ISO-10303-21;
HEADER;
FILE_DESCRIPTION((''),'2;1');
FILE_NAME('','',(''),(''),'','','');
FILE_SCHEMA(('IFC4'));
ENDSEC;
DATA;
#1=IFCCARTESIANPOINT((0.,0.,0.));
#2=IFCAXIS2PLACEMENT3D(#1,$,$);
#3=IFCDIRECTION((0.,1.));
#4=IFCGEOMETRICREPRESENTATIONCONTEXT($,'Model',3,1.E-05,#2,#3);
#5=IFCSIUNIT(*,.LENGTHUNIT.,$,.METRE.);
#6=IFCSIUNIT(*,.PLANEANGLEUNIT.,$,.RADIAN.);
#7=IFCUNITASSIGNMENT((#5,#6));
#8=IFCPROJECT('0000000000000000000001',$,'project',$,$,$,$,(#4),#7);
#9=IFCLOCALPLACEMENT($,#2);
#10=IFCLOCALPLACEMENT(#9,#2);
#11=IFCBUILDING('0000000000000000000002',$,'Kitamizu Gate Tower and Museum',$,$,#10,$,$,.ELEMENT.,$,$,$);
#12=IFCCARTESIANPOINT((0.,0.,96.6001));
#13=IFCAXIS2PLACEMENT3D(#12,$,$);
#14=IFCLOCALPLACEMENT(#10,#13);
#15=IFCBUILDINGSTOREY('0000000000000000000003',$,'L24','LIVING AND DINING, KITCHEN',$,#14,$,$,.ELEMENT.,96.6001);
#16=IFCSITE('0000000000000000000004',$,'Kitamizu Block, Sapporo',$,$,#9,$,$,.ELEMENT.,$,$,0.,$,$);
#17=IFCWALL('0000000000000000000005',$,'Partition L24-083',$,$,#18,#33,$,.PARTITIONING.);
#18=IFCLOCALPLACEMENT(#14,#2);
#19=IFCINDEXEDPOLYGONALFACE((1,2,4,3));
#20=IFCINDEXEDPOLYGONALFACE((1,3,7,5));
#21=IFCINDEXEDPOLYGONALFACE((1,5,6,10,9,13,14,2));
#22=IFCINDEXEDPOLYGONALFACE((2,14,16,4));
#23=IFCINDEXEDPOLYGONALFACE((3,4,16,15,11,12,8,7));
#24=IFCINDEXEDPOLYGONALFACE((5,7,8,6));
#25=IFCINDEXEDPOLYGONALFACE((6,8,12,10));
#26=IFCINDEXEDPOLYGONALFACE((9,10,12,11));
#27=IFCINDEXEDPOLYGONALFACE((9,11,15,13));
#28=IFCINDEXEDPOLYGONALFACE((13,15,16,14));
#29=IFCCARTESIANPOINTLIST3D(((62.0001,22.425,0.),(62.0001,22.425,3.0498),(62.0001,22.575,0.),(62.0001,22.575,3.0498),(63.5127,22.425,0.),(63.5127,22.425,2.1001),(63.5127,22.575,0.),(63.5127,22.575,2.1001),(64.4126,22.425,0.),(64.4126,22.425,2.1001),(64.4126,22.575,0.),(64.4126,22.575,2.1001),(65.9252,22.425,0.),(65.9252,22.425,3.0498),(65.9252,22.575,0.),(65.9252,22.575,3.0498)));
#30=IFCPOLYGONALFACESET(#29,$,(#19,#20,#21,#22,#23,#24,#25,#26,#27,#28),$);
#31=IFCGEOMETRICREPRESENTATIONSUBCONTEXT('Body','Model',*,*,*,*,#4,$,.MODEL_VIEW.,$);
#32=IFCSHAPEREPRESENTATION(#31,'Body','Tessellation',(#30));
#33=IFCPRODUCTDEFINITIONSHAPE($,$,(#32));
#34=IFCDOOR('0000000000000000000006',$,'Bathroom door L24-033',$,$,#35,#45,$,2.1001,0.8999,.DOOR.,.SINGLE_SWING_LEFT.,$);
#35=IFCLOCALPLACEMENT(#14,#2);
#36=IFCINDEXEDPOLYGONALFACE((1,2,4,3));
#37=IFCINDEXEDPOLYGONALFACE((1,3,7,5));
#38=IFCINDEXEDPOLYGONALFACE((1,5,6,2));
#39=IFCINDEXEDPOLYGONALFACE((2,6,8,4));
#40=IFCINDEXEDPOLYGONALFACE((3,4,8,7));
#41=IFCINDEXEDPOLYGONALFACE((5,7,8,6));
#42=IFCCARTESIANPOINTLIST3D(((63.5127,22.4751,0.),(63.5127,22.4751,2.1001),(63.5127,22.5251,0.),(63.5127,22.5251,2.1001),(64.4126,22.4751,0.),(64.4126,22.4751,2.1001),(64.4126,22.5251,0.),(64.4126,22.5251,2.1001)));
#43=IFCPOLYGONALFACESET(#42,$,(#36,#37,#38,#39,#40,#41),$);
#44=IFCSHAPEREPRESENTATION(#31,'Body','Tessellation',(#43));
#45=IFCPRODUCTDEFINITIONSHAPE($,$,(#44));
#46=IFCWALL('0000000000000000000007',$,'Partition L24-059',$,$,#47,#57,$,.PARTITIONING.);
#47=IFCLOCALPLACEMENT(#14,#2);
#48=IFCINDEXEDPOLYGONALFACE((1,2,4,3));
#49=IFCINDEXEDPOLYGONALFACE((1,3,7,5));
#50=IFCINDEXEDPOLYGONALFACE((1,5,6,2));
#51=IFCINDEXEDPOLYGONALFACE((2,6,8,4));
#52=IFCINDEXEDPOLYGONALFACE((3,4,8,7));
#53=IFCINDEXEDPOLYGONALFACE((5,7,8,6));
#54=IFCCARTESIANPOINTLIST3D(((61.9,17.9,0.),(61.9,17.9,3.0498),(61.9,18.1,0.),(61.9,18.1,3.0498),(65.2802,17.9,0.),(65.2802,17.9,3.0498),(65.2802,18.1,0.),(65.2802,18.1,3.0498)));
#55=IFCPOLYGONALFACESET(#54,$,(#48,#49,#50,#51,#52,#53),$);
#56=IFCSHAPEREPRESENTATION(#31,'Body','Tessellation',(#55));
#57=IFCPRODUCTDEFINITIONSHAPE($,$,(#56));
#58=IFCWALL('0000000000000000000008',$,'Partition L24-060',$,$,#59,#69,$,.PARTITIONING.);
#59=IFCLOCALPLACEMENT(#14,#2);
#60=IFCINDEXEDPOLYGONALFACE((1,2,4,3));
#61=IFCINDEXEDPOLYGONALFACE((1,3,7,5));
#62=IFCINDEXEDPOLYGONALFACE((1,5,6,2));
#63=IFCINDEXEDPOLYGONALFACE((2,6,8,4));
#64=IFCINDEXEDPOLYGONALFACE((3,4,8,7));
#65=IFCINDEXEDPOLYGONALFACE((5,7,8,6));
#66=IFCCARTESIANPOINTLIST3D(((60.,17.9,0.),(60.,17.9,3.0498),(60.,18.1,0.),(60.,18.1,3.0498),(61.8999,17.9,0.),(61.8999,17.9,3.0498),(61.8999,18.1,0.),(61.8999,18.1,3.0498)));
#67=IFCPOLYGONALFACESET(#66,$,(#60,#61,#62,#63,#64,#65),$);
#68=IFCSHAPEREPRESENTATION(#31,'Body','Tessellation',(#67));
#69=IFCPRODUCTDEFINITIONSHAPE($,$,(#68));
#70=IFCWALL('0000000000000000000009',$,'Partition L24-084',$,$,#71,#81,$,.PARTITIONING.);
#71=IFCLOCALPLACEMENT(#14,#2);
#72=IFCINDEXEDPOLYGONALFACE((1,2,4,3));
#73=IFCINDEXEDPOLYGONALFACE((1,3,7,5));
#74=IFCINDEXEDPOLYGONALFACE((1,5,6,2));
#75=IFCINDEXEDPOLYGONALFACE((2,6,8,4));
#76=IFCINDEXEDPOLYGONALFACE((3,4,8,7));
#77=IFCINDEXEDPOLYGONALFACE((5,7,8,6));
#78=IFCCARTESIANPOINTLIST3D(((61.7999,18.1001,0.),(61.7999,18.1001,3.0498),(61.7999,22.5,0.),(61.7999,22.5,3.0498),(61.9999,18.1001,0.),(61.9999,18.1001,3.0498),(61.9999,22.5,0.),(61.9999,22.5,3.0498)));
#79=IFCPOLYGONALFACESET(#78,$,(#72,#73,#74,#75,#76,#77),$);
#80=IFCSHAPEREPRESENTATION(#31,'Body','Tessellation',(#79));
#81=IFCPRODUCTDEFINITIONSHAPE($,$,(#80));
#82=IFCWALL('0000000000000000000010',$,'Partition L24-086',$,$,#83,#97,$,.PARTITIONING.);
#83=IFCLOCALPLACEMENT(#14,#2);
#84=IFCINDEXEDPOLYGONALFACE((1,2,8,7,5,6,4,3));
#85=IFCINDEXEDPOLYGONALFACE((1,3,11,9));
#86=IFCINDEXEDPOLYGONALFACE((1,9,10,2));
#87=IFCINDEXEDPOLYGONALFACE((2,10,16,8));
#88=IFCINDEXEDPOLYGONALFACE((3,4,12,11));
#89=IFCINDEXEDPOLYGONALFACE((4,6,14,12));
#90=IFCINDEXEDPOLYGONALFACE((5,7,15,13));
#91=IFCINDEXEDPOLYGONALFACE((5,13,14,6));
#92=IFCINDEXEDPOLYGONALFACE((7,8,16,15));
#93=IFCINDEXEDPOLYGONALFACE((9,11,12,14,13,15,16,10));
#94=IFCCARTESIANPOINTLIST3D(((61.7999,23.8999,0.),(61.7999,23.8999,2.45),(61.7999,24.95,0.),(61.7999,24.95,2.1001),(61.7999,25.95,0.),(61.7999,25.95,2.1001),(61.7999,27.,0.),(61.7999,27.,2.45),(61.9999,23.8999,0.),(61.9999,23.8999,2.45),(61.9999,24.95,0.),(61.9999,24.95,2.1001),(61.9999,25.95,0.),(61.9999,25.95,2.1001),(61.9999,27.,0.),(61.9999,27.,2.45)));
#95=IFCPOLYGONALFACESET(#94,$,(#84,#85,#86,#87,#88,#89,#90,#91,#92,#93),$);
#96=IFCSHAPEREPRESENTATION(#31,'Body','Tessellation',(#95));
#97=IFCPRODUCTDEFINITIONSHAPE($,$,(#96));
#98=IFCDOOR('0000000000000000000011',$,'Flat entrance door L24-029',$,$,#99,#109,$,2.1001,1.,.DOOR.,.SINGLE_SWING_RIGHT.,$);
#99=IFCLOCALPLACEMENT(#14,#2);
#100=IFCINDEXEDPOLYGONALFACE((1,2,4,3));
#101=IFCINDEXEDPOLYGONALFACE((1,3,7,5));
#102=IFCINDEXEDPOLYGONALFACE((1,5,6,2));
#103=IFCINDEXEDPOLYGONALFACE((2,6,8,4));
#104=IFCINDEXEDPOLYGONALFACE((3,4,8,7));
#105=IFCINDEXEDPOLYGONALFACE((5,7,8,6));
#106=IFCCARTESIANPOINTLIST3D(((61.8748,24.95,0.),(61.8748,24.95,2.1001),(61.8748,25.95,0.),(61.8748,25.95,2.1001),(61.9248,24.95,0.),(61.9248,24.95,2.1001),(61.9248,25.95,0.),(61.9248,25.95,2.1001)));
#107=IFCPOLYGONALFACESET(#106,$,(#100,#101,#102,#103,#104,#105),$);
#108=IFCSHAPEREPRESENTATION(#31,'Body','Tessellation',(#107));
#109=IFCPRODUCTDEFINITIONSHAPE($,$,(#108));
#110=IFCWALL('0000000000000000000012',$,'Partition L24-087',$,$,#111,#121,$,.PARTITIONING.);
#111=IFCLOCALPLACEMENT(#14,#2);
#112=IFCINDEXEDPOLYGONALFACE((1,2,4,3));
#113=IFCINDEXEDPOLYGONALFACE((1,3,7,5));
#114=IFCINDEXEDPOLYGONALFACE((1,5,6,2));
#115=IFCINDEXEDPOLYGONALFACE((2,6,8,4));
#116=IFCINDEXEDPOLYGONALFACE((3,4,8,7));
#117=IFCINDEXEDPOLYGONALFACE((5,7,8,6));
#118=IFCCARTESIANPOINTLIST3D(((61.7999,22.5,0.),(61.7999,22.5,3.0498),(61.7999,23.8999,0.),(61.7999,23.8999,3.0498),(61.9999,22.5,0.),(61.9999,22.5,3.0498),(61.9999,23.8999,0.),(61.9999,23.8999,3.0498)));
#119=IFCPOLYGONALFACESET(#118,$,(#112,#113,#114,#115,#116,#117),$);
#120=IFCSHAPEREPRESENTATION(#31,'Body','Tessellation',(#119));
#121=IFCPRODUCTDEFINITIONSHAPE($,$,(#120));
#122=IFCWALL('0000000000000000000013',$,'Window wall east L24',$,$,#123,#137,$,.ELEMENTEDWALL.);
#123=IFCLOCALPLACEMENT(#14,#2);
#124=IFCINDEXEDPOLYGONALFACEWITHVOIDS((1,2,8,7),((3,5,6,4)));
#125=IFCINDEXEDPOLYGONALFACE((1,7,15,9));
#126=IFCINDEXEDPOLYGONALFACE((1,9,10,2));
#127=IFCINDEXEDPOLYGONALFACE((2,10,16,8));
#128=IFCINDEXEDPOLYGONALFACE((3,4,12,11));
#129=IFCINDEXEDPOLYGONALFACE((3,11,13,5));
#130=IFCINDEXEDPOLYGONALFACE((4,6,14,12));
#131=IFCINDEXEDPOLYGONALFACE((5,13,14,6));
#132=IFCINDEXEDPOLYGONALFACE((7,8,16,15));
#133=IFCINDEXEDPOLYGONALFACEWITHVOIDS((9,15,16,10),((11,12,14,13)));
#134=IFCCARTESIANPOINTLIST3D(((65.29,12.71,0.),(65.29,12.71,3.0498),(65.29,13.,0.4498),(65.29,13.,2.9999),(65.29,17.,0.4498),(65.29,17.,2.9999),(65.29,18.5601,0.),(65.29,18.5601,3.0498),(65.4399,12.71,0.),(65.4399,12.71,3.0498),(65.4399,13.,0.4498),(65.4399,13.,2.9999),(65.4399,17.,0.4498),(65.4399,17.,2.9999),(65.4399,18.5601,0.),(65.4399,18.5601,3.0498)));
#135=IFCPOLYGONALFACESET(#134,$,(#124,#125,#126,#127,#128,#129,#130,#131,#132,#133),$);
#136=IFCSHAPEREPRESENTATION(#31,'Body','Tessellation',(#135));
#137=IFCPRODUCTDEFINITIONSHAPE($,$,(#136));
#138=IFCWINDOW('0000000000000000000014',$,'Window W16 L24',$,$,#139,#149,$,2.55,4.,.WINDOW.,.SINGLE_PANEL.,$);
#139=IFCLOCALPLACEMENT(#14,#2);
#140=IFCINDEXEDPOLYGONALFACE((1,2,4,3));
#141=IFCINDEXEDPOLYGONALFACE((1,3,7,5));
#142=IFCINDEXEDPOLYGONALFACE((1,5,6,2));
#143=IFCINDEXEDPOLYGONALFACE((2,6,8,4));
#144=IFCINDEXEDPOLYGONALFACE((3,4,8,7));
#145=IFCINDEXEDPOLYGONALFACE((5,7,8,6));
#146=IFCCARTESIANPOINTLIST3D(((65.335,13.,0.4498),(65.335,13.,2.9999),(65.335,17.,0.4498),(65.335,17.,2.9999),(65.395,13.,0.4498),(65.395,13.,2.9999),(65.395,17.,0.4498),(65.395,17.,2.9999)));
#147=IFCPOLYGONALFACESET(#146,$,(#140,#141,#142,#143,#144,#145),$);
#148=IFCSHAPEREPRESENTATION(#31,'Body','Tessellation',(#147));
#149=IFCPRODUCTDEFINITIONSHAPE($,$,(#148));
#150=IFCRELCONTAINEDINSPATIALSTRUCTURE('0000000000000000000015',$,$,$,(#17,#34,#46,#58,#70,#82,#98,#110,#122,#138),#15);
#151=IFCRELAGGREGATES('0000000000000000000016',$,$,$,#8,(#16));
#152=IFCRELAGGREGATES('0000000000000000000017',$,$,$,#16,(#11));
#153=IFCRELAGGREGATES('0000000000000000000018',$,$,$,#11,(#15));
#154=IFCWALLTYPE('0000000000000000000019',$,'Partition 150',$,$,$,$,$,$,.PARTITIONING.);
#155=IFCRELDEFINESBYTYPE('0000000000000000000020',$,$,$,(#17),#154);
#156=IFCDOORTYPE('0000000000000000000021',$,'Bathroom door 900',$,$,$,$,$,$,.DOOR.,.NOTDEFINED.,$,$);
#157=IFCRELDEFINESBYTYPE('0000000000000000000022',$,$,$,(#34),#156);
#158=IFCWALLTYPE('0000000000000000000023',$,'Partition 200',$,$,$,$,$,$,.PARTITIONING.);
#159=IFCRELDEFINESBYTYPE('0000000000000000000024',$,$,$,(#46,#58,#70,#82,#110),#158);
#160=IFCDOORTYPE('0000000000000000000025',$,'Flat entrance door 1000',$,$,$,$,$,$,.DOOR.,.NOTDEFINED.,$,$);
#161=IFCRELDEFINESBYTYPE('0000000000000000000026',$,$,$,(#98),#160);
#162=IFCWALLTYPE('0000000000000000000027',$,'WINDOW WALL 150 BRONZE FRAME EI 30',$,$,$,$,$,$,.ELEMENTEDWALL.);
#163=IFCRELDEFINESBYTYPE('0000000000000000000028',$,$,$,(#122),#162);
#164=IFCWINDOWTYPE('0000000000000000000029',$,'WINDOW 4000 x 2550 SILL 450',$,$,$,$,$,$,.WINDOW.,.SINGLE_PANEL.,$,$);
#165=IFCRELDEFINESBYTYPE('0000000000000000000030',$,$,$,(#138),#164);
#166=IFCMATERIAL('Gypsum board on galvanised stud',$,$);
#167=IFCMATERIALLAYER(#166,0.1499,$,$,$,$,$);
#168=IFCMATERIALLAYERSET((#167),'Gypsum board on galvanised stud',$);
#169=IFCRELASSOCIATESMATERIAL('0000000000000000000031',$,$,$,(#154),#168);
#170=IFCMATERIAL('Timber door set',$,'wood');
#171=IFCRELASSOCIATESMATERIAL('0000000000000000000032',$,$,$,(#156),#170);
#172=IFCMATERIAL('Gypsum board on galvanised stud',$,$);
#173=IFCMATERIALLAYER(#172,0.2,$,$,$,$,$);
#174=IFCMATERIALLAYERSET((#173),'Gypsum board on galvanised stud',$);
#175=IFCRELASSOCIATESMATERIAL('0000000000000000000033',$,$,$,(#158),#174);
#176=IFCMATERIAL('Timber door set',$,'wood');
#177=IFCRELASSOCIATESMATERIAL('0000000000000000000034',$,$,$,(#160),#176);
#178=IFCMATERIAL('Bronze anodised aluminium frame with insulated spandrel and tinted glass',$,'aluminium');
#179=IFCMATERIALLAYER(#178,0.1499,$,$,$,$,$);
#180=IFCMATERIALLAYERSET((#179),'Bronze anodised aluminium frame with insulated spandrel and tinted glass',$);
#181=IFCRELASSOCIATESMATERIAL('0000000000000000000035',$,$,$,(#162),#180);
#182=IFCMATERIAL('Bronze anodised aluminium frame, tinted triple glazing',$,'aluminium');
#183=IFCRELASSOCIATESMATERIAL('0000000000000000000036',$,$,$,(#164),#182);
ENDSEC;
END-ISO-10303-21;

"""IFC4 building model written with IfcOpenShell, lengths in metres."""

from ifc_helpers import new_model, si_unit, direction, frame, frame_2d, origin, place, context, subcontext, project, spatial, rectangle, extrude, material, layer, layer_set, type_object, element, fill, save


model = new_model("IFC4")

# Units and contexts
model_context = context("Model", 3, precision=1e-05, world=origin(), true_north=direction((0.0, 1.0)))
body_context = subcontext(model_context, "Body", "Model", "MODEL_VIEW")
ifc_project = project(units=[si_unit("LENGTHUNIT", "METRE"), si_unit("PLANEANGLEUNIT", "RADIAN")], contexts=[model_context])

# Site, building, storey
site_placement = place(None, origin())
site = spatial("IfcSite", under=ifc_project, at=site_placement, Name="Kitamizu Block, Sapporo", CompositionType="ELEMENT", RefElevation=0.0)
building_placement = place(site_placement, origin())
building = spatial("IfcBuilding", under=site, at=building_placement, Name="Kitamizu Gate Tower and Museum", CompositionType="ELEMENT")
storey_placement = place(building_placement, frame((0.0, 0.0, 96.6001)))
storey = spatial("IfcBuildingStorey", under=building, at=storey_placement, Name="L24", Description="LIVING AND DINING, KITCHEN", CompositionType="ELEMENT", Elevation=96.6001)

# Shared definitions
ifc_material_1 = material(Name="Gypsum board on galvanised stud")
ifc_layer_1 = layer(ifc_material_1, 0.1499)
ifc_layer_set_1 = layer_set([ifc_layer_1], Name="Gypsum board on galvanised stud")
wall_type_1 = type_object("IfcWallType", Name="Partition 150", PredefinedType="PARTITIONING", material=ifc_layer_set_1)

# Wall, opening, door
wall_1_placement = place(storey_placement, frame((65.925, 22.5, 0.0), z_axis=(0.0, 0.0, 1.0), x_axis=(-1.0, 0.0, 0.0)))
wall_1 = element("IfcWall", 1, at=wall_1_placement, inside=storey, type_object=wall_type_1, Name="Partition L24-083", PredefinedType="PARTITIONING", context=body_context, shape_type="SweptSolid", body=[
    extrude(rectangle(XDim=3.925, YDim=0.1499, at=frame_2d((1.9624, 0.0))), origin(), (0.0, 0.0, 1.0), 3.0498),
])
opening_1_placement = place(wall_1_placement, frame((1.5125, 0.0, 0.0)))
opening_1 = element("IfcOpeningElement", 2, at=opening_1_placement, cuts=wall_1, PredefinedType="OPENING", context=body_context, shape_type="SweptSolid", body=[
    extrude(rectangle(XDim=0.8999, YDim=2.1001, at=frame_2d((0.45, 1.05))), frame((0.0, 0.085, 0.0), z_axis=(0.0, -1.0, 0.0), x_axis=(1.0, 0.0, 0.0)), (0.0, 0.0, 1.0), 0.1699),
])
ifc_material_2 = material(Name="Timber door set", Category="wood")
door_type_1 = type_object("IfcDoorType", Name="Bathroom door 900", OperationType="NOTDEFINED", PredefinedType="DOOR", material=ifc_material_2)
door_1_placement = place(opening_1_placement, origin())
door_1 = element("IfcDoor", 3, at=door_1_placement, inside=storey, type_object=door_type_1, Name="Bathroom door L24-033", OperationType="SINGLE_SWING_LEFT", OverallHeight=2.1001, OverallWidth=0.8999, PredefinedType="DOOR", context=body_context, shape_type="SweptSolid", body=[
    extrude(rectangle(XDim=0.8999, YDim=2.1001, at=frame_2d((0.45, 1.05))), frame((0.0, 0.0249, 0.0), z_axis=(0.0, -1.0, 0.0), x_axis=(1.0, 0.0, 0.0)), (0.0, 0.0, 1.0), 0.05),
])
fill(opening_1, door_1)

# Walls
ifc_material_3 = material(Name="Gypsum board on galvanised stud")
ifc_layer_2 = layer(ifc_material_3, 0.2)
ifc_layer_set_2 = layer_set([ifc_layer_2], Name="Gypsum board on galvanised stud")
wall_type_2 = type_object("IfcWallType", Name="Partition 200", PredefinedType="PARTITIONING", material=ifc_layer_set_2)
wall_2_placement = place(storey_placement, frame((65.28, 18.0, 0.0), z_axis=(0.0, 0.0, 1.0), x_axis=(-1.0, 0.0, 0.0)))
element("IfcWall", 4, at=wall_2_placement, inside=storey, type_object=wall_type_2, Name="Partition L24-059", PredefinedType="PARTITIONING", context=body_context, shape_type="SweptSolid", body=[
    extrude(rectangle(XDim=3.3801, YDim=0.2, at=frame_2d((1.6899, 0.0))), origin(), (0.0, 0.0, 1.0), 3.0498),
])
wall_3_placement = place(storey_placement, frame((61.8999, 18.0, 0.0), z_axis=(0.0, 0.0, 1.0), x_axis=(-1.0, 0.0, 0.0)))
element("IfcWall", 5, at=wall_3_placement, inside=storey, type_object=wall_type_2, Name="Partition L24-060", PredefinedType="PARTITIONING", context=body_context, shape_type="SweptSolid", body=[
    extrude(rectangle(XDim=1.8999, YDim=0.2, at=frame_2d((0.95, 0.0))), origin(), (0.0, 0.0, 1.0), 3.0498),
])
wall_4_placement = place(storey_placement, frame((61.8999, 22.5, 0.0), z_axis=(0.0, 0.0, 1.0), x_axis=(0.0, -1.0, 0.0)))
element("IfcWall", 6, at=wall_4_placement, inside=storey, type_object=wall_type_2, Name="Partition L24-084", PredefinedType="PARTITIONING", context=body_context, shape_type="SweptSolid", body=[
    extrude(rectangle(XDim=4.3999, YDim=0.2, at=frame_2d((2.2, 0.0))), origin(), (0.0, 0.0, 1.0), 3.0498),
])

# Wall, opening, door
wall_5_placement = place(storey_placement, frame((61.8999, 27.0, 0.0), z_axis=(0.0, 0.0, 1.0), x_axis=(0.0, -1.0, 0.0)))
wall_5 = element("IfcWall", 7, at=wall_5_placement, inside=storey, type_object=wall_type_2, Name="Partition L24-086", PredefinedType="PARTITIONING", context=body_context, shape_type="SweptSolid", body=[
    extrude(rectangle(XDim=3.1001, YDim=0.2, at=frame_2d((1.55, 0.0))), origin(), (0.0, 0.0, 1.0), 2.45),
])
opening_2_placement = place(wall_5_placement, frame((1.05, 0.0, 0.0)))
opening_2 = element("IfcOpeningElement", 8, at=opening_2_placement, cuts=wall_5, PredefinedType="OPENING", context=body_context, shape_type="SweptSolid", body=[
    extrude(rectangle(XDim=1.0, YDim=2.1001, at=frame_2d((0.5, 1.05))), frame((0.0, 0.1099, 0.0), z_axis=(0.0, -1.0, 0.0), x_axis=(1.0, 0.0, 0.0)), (0.0, 0.0, 1.0), 0.22),
])
ifc_material_4 = material(Name="Timber door set", Category="wood")
door_type_2 = type_object("IfcDoorType", Name="Flat entrance door 1000", OperationType="NOTDEFINED", PredefinedType="DOOR", material=ifc_material_4)
door_2_placement = place(opening_2_placement, origin())
door_2 = element("IfcDoor", 9, at=door_2_placement, inside=storey, type_object=door_type_2, Name="Flat entrance door L24-029", OperationType="SINGLE_SWING_RIGHT", OverallHeight=2.1001, OverallWidth=1.0, PredefinedType="DOOR", context=body_context, shape_type="SweptSolid", body=[
    extrude(rectangle(XDim=1.0, YDim=2.1001, at=frame_2d((0.5, 1.05))), frame((0.0, 0.0249, 0.0), z_axis=(0.0, -1.0, 0.0), x_axis=(1.0, 0.0, 0.0)), (0.0, 0.0, 1.0), 0.05),
])
fill(opening_2, door_2)

# Wall
wall_6_placement = place(storey_placement, frame((61.8999, 23.8999, 0.0), z_axis=(0.0, 0.0, 1.0), x_axis=(0.0, -1.0, 0.0)))
element("IfcWall", 10, at=wall_6_placement, inside=storey, type_object=wall_type_2, Name="Partition L24-087", PredefinedType="PARTITIONING", context=body_context, shape_type="SweptSolid", body=[
    extrude(rectangle(XDim=1.3999, YDim=0.2, at=frame_2d((0.7, 0.0))), origin(), (0.0, 0.0, 1.0), 3.0498),
])

# Wall, opening, window
ifc_material_5 = material(Name="Bronze anodised aluminium frame with insulated spandrel and tinted glass", Category="aluminium")
ifc_layer_3 = layer(ifc_material_5, 0.1499)
ifc_layer_set_3 = layer_set([ifc_layer_3], Name="Bronze anodised aluminium frame with insulated spandrel and tinted glass")
wall_type_3 = type_object("IfcWallType", Name="WINDOW WALL 150 BRONZE FRAME EI 30", PredefinedType="ELEMENTEDWALL", material=ifc_layer_set_3)
wall_7_placement = place(storey_placement, frame((65.365, 12.71, 0.0), z_axis=(0.0, 0.0, 1.0), x_axis=(0.0, 1.0, 0.0)))
wall_7 = element("IfcWall", 11, at=wall_7_placement, inside=storey, type_object=wall_type_3, Name="Window wall east L24", PredefinedType="ELEMENTEDWALL", context=body_context, shape_type="SweptSolid", body=[
    extrude(rectangle(XDim=5.8501, YDim=0.1499, at=frame_2d((2.925, 0.0))), origin(), (0.0, 0.0, 1.0), 3.0498),
])
opening_3_placement = place(wall_7_placement, frame((0.29, 0.0, 0.45)))
opening_3 = element("IfcOpeningElement", 12, at=opening_3_placement, cuts=wall_7, PredefinedType="OPENING", context=body_context, shape_type="SweptSolid", body=[
    extrude(rectangle(XDim=4.0, YDim=2.55, at=frame_2d((2.0, 1.2749))), frame((0.0, 0.085, 0.0), z_axis=(0.0, -1.0, 0.0), x_axis=(1.0, 0.0, 0.0)), (0.0, 0.0, 1.0), 0.1699),
])
ifc_material_6 = material(Name="Bronze anodised aluminium frame, tinted triple glazing", Category="aluminium")
window_type_1 = type_object("IfcWindowType", Name="WINDOW 4000 x 2550 SILL 450", PartitioningType="SINGLE_PANEL", PredefinedType="WINDOW", material=ifc_material_6)
window_1_placement = place(opening_3_placement, origin())
window_1 = element("IfcWindow", 13, at=window_1_placement, inside=storey, type_object=window_type_1, Name="Window W16 L24", OverallHeight=2.55, OverallWidth=4.0, PartitioningType="SINGLE_PANEL", PredefinedType="WINDOW", context=body_context, shape_type="SweptSolid", body=[
    extrude(rectangle(XDim=4.0, YDim=2.55, at=frame_2d((2.0, 1.2749))), frame((0.0, 0.03, 0.0), z_axis=(0.0, -1.0, 0.0), x_axis=(1.0, 0.0, 0.0)), (0.0, 0.0, 1.0), 0.0601),
])
fill(opening_3, window_1)

save(model, "model.ifc")
